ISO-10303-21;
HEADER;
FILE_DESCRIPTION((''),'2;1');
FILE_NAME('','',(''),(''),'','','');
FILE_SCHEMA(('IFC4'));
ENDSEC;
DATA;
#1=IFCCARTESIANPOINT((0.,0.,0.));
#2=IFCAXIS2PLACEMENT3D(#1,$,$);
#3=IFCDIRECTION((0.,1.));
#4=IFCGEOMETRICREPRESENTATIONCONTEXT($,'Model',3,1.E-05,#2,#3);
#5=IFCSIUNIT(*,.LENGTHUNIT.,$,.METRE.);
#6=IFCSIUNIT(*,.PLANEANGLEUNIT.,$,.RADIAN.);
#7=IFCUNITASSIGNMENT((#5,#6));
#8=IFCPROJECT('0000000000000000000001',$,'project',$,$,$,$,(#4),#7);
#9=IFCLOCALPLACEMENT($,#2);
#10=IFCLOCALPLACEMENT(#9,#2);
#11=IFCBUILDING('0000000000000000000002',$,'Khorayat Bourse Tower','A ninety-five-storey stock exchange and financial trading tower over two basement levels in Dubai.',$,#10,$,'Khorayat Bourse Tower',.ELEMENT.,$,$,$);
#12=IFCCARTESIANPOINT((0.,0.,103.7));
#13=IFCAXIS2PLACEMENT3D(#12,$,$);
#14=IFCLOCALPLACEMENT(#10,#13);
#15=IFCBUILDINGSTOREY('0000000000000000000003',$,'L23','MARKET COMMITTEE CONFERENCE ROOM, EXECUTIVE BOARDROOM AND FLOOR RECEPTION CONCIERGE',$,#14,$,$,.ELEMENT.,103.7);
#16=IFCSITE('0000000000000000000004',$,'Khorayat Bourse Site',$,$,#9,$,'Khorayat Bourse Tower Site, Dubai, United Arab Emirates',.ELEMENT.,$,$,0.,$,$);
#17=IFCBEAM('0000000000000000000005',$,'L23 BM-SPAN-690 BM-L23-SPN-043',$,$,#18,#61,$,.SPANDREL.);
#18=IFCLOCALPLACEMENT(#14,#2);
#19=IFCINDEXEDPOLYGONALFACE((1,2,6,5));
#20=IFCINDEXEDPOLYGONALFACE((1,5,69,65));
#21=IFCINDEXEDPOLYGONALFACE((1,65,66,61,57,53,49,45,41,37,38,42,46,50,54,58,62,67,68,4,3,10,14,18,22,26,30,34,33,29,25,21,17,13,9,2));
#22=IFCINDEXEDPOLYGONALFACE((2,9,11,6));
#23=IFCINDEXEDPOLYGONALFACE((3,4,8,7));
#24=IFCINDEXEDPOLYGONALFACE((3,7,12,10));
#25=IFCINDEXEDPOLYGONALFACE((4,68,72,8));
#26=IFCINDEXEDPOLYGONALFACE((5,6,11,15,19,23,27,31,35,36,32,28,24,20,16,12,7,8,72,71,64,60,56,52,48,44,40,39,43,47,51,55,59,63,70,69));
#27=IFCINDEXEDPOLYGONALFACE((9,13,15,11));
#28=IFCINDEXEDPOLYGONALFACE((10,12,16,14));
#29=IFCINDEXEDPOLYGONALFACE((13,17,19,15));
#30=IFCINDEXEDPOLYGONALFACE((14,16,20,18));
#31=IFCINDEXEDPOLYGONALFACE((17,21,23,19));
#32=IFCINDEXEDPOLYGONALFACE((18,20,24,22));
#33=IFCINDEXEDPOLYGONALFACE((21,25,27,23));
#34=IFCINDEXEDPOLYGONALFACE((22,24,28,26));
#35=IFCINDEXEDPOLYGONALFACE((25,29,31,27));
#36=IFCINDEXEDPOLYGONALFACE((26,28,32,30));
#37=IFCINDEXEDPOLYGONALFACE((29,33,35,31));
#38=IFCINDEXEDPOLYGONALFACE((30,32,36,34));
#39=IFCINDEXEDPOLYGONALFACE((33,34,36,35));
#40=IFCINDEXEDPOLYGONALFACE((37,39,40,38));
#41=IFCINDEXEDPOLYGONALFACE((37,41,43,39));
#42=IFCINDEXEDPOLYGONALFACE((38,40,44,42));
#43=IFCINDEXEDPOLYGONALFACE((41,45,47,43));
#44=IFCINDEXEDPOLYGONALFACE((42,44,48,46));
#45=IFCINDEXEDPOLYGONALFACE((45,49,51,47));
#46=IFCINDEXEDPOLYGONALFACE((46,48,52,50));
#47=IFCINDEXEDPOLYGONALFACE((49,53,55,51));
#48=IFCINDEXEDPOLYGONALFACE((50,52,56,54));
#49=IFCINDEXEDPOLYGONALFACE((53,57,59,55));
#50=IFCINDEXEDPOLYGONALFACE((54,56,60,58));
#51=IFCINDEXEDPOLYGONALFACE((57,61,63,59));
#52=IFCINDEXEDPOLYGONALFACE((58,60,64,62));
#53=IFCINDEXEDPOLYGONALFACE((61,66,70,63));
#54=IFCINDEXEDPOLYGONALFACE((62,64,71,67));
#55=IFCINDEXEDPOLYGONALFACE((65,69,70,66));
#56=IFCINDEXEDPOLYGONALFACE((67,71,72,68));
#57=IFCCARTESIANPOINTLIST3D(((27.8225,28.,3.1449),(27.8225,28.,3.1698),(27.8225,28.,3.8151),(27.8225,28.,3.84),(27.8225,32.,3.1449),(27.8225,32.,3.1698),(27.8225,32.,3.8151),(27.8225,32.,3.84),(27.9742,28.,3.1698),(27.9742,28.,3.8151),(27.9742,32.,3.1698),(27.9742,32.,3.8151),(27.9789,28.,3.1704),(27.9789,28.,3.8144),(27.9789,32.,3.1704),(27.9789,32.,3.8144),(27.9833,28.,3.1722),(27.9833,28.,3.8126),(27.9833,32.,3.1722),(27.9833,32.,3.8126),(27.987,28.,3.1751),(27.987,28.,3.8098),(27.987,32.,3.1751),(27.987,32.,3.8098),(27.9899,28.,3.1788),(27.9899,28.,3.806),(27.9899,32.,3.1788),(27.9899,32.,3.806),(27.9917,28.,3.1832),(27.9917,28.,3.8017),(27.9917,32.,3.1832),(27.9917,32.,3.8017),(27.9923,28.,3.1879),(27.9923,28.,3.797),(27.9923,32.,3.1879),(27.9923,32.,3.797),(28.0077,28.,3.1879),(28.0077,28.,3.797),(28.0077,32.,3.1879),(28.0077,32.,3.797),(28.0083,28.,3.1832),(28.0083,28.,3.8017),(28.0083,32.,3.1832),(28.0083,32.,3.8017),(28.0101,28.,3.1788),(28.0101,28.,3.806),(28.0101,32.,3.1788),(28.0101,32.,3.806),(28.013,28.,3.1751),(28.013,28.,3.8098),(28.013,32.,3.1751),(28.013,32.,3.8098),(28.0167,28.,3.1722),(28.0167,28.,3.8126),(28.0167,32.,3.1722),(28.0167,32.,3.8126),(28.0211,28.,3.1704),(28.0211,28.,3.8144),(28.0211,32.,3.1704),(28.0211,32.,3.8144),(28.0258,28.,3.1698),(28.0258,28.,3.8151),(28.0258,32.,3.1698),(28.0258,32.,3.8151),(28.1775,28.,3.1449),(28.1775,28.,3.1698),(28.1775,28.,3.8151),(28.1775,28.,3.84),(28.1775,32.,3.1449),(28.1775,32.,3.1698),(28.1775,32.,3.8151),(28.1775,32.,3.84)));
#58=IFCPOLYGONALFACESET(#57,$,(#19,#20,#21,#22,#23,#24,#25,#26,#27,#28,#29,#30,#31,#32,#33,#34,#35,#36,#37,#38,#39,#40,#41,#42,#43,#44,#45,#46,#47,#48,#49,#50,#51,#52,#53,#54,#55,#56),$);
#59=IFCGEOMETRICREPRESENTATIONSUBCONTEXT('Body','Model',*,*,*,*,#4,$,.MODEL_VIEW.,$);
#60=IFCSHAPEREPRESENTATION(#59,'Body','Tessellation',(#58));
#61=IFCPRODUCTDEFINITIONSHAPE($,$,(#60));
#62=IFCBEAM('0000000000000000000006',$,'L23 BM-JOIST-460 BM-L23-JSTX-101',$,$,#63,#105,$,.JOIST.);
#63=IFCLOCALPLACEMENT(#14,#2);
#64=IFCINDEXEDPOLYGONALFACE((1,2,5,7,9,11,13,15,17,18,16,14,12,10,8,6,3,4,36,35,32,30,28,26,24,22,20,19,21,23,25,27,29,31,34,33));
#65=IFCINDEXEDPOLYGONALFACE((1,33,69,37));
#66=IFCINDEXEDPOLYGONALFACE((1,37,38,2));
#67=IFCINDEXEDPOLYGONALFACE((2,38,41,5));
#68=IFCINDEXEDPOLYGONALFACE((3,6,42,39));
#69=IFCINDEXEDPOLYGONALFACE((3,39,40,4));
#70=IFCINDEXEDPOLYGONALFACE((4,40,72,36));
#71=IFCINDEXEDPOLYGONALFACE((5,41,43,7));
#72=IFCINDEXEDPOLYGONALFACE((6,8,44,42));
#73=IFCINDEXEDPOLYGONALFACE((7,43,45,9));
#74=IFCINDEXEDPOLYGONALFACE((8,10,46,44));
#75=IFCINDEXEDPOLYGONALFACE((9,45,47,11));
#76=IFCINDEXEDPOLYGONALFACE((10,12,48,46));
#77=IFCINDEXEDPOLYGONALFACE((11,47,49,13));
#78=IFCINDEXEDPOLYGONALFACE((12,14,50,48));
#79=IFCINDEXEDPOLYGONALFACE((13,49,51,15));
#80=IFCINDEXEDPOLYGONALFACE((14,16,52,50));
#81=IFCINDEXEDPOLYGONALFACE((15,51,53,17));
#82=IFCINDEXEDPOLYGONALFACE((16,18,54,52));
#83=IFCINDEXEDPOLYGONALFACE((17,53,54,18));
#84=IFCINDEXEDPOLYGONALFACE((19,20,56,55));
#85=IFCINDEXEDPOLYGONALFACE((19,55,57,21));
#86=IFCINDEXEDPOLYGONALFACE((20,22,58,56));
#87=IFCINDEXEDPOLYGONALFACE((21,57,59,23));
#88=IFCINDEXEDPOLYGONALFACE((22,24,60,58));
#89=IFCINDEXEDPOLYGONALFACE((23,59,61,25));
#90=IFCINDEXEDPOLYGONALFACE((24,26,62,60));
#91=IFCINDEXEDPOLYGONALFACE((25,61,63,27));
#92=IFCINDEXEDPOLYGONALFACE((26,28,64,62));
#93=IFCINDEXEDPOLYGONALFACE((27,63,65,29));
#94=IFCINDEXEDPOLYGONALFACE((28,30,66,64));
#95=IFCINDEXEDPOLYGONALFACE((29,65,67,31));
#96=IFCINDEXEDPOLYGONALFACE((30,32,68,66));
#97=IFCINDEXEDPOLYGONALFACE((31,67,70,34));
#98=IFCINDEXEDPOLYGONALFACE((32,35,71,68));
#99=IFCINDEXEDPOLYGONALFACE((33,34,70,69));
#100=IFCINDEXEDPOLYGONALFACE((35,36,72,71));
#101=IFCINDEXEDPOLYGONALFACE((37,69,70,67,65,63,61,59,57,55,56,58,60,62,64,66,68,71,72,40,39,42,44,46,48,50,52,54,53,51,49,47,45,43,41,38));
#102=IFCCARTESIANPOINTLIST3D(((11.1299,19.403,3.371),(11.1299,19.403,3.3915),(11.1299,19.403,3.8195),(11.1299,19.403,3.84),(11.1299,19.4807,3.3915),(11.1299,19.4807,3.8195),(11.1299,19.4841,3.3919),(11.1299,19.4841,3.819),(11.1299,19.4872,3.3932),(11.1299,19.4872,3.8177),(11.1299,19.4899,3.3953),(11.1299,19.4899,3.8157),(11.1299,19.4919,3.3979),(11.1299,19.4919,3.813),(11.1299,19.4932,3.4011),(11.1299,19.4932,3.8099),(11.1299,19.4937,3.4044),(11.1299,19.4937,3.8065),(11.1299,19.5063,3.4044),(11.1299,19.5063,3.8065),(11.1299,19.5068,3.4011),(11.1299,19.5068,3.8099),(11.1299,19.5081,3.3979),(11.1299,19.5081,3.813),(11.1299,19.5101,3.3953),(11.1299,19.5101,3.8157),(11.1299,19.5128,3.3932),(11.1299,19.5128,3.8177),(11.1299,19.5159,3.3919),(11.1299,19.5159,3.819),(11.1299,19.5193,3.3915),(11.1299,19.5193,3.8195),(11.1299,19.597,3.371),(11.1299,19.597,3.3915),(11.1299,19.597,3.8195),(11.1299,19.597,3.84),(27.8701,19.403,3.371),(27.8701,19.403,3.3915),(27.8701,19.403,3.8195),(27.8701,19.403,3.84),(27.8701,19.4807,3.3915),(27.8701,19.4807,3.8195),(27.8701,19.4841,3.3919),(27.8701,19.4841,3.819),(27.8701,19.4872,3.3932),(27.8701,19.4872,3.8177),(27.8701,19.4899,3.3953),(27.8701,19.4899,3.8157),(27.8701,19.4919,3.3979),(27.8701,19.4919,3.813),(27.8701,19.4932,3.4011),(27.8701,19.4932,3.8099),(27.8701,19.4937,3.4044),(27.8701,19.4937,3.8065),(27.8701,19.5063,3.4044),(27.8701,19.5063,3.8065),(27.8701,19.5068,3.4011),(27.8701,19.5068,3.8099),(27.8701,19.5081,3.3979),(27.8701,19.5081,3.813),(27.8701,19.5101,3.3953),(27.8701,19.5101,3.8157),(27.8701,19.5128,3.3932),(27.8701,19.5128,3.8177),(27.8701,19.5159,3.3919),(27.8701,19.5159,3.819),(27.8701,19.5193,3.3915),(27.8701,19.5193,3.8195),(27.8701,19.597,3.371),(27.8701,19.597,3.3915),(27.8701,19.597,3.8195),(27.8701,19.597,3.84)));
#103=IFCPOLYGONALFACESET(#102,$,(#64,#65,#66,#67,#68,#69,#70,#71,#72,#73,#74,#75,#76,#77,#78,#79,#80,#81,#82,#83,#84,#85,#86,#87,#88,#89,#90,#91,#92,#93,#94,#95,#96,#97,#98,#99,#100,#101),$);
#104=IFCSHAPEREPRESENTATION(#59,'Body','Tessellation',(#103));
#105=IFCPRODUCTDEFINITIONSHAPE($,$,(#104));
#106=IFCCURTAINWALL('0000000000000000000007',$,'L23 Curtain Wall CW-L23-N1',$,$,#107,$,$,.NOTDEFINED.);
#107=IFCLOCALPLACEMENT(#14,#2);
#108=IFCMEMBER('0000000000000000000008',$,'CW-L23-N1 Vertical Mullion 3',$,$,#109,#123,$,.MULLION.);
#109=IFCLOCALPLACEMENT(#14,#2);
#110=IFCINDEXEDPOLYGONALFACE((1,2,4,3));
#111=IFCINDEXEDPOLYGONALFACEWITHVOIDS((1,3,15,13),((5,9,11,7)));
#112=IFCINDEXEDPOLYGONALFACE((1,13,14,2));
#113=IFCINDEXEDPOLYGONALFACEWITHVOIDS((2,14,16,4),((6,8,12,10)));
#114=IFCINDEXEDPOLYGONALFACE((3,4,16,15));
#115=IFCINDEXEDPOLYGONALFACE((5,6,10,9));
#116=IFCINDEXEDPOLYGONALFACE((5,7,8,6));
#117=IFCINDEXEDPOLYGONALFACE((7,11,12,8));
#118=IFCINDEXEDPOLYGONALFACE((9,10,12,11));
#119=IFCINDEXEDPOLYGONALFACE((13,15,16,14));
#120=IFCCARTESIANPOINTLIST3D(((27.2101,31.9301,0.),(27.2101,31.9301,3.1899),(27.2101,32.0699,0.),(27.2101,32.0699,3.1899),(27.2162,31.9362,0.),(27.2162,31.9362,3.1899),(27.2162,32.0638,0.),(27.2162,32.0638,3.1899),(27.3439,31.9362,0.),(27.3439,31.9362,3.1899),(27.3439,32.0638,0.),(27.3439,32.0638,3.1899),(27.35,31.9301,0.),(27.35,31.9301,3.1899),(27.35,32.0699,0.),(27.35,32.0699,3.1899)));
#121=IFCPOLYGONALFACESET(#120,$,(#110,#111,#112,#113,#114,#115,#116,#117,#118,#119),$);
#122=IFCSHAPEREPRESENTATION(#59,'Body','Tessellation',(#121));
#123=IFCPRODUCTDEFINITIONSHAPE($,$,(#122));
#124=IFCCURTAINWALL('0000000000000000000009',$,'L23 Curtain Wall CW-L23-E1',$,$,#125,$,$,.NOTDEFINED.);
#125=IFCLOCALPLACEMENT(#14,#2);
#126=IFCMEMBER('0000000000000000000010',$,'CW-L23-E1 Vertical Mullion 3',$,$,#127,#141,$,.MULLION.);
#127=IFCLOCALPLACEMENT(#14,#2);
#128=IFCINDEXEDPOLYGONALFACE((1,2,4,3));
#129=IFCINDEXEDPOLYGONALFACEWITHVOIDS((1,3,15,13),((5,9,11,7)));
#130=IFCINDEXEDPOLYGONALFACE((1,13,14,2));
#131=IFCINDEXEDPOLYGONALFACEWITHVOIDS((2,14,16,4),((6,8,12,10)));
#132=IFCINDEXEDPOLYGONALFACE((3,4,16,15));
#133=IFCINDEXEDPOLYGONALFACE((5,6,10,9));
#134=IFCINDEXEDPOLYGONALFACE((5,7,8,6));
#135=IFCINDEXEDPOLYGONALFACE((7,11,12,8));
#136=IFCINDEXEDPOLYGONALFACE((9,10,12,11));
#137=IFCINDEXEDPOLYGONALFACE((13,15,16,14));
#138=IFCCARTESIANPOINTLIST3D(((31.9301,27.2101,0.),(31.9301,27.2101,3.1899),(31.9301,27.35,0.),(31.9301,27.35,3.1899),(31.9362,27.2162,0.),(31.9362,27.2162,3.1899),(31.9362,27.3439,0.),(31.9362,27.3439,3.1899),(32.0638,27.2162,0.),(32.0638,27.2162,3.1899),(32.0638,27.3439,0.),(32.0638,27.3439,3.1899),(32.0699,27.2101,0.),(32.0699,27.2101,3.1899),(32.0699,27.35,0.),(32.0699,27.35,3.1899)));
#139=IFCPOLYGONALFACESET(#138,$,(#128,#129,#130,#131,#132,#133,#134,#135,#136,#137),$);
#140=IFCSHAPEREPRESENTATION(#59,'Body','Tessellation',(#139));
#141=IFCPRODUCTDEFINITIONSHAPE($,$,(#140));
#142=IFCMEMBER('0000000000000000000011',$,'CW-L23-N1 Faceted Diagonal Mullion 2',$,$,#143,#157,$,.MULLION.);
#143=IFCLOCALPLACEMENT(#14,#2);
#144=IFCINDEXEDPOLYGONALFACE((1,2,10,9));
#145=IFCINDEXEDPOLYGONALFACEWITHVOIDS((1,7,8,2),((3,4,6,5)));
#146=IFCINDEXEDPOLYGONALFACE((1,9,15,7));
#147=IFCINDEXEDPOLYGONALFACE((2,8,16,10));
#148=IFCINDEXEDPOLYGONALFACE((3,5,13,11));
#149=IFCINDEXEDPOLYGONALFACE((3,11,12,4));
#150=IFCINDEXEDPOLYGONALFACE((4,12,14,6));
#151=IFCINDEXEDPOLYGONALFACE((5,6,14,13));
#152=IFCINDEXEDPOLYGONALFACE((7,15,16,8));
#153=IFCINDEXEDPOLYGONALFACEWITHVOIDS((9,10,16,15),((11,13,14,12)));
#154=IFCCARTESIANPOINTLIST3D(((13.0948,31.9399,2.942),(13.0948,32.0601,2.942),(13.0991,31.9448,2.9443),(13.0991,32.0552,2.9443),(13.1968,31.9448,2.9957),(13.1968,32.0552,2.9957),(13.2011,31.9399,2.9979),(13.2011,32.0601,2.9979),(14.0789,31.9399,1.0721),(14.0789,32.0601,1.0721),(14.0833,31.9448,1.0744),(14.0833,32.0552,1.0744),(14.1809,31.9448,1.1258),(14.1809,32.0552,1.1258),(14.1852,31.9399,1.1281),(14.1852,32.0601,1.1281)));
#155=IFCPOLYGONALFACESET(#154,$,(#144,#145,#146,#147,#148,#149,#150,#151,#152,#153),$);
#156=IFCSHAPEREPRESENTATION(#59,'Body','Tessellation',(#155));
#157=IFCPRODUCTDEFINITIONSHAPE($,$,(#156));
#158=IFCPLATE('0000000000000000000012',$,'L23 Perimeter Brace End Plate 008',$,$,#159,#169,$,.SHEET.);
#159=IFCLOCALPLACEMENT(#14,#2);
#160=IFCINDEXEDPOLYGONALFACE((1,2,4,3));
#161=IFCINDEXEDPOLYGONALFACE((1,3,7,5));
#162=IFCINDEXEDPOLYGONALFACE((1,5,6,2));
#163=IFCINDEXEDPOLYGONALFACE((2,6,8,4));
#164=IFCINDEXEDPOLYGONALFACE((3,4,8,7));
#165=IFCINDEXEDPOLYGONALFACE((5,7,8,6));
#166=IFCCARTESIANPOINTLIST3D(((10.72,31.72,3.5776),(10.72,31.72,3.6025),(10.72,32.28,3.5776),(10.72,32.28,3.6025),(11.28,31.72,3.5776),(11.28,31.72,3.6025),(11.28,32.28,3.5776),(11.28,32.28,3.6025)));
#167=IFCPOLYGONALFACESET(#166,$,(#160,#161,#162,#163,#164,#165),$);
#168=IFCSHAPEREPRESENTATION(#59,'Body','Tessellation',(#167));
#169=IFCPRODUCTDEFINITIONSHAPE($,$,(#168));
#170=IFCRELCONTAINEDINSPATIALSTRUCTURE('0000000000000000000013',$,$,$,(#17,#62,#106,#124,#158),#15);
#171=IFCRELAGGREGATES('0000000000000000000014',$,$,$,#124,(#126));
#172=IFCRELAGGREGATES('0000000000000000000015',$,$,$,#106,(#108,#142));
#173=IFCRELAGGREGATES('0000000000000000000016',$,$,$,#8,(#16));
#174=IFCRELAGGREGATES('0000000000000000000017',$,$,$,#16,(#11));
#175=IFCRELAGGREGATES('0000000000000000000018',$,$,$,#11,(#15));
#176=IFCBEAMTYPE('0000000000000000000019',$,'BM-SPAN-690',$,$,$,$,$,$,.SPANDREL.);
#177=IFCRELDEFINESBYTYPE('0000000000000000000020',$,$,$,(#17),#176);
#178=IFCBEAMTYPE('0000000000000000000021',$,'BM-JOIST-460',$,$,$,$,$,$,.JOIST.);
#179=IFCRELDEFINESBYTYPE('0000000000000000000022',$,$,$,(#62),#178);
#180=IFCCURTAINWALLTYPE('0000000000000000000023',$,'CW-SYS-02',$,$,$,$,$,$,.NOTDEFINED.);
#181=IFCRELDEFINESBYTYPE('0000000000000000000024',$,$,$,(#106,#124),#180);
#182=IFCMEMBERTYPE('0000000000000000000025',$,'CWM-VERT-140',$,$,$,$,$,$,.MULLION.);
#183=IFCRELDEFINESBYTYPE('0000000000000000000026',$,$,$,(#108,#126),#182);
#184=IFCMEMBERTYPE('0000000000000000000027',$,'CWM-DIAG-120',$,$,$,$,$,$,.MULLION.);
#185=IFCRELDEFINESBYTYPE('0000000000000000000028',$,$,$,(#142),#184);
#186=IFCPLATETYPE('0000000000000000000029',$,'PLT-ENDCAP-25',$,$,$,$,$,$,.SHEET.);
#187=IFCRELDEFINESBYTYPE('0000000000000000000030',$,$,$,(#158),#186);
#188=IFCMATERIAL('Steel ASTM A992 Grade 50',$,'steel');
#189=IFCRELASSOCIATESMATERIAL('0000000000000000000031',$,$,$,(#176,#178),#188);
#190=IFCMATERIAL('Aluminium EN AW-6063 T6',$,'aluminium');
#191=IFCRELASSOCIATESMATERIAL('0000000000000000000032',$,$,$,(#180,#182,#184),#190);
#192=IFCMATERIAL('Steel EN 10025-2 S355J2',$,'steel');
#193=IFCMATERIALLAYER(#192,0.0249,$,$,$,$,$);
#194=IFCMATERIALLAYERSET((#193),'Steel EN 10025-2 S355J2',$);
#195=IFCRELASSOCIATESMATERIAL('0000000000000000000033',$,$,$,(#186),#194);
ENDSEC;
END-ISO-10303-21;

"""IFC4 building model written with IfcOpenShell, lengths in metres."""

from ifc_helpers import new_model, si_unit, direction, frame, origin, origin_2d, place, context, subcontext, project, spatial, rectangle, hollow_rectangle, i_section, extrude, source, transform, mapped, material, layer, layer_set, material_profile, profile_set, type_object, element, aggregate, save


model = new_model("IFC4")

# Units and contexts
model_context = context("Model", 3, precision=1e-05, world=origin(), true_north=direction((0.0, 1.0)))
body_context = subcontext(model_context, "Body", "Model", "MODEL_VIEW")
ifc_project = project(units=[si_unit("LENGTHUNIT", "METRE"), si_unit("PLANEANGLEUNIT", "RADIAN")], contexts=[model_context])

# Site, building, storey
site_placement = place(None, origin())
site = spatial("IfcSite", under=ifc_project, at=site_placement, Name="Khorayat Bourse Site", LongName="Khorayat Bourse Tower Site, Dubai, United Arab Emirates", CompositionType="ELEMENT", RefElevation=0.0)
building_placement = place(site_placement, origin())
building = spatial("IfcBuilding", under=site, at=building_placement, Name="Khorayat Bourse Tower", Description="A ninety-five-storey stock exchange and financial trading tower over two basement levels in Dubai.", LongName="Khorayat Bourse Tower", CompositionType="ELEMENT")
storey_placement = place(building_placement, frame((0.0, 0.0, 103.7)))
storey = spatial("IfcBuildingStorey", under=building, at=storey_placement, Name="L23", Description="MARKET COMMITTEE CONFERENCE ROOM, EXECUTIVE BOARDROOM AND FLOOR RECEPTION CONCIERGE", CompositionType="ELEMENT", Elevation=103.7)

# Beams
ifc_material_1 = material(Name="Steel ASTM A992 Grade 50", Category="steel")
ifc_material_profile_1 = material_profile(ifc_material_1, i_section(OverallWidth=0.355, OverallDepth=0.6951, WebThickness=0.0154, FlangeThickness=0.0249, FilletRadius=0.0181, at=origin_2d()), Name="W690X217")
ifc_profile_set_1 = profile_set([ifc_material_profile_1], Name="Steel ASTM A992 Grade 50")
beam_type_1 = type_object("IfcBeamType", Name="BM-SPAN-690", PredefinedType="SPANDREL", material=ifc_profile_set_1)
shared_shape_1 = source(origin(), body_context, "Body", "SweptSolid", [
    extrude(i_section(OverallWidth=0.355, OverallDepth=0.6951, WebThickness=0.0154, FlangeThickness=0.0249, FilletRadius=0.0181, at=origin_2d()), origin(), (0.0, 0.0, 1.0), 4.0),
])
for number, where, z_axis, x_axis, name in (
    (1, (28.0, 28.0, 3.4924), (0.0, 1.0, 0.0), (-1.0, 0.0, 0.0), "L23 BM-SPAN-690 BM-L23-SPN-043"),
):
    element("IfcBeam", number, at=place(storey_placement, frame(where, z_axis=z_axis, x_axis=x_axis)), inside=storey, type_object=beam_type_1, Name=name, PredefinedType="SPANDREL", context=body_context, shape_type="MappedRepresentation", body=[
        mapped(shared_shape_1, transform((0.0, 0.0, 0.0), scale=1.0)),
    ])
ifc_material_profile_2 = material_profile(ifc_material_1, i_section(OverallWidth=0.1941, OverallDepth=0.469, WebThickness=0.0127, FlangeThickness=0.0205, FilletRadius=0.0129, at=origin_2d()), Name="W460X106")
ifc_profile_set_2 = profile_set([ifc_material_profile_2], Name="Steel ASTM A992 Grade 50")
beam_type_2 = type_object("IfcBeamType", Name="BM-JOIST-460", PredefinedType="JOIST", material=ifc_profile_set_2)
shared_shape_2 = source(origin(), body_context, "Body", "SweptSolid", [
    extrude(i_section(OverallWidth=0.1941, OverallDepth=0.469, WebThickness=0.0127, FlangeThickness=0.0205, FilletRadius=0.0129, at=origin_2d()), origin(), (0.0, 0.0, 1.0), 16.7402),
])
beam_1_placement = place(storey_placement, frame((11.1299, 19.5, 3.6055), z_axis=(1.0, 0.0, 0.0), x_axis=(0.0, 1.0, 0.0)))
element("IfcBeam", 2, at=beam_1_placement, inside=storey, type_object=beam_type_2, Name="L23 BM-JOIST-460 BM-L23-JSTX-101", PredefinedType="JOIST", context=body_context, shape_type="MappedRepresentation", body=[
    mapped(shared_shape_2, transform((0.0, 0.0, 0.0), scale=1.0)),
])

# Curtain walls, members
ifc_material_2 = material(Name="Aluminium EN AW-6063 T6", Category="aluminium")
curtain_wall_type = type_object("IfcCurtainWallType", Name="CW-SYS-02", PredefinedType="NOTDEFINED", material=ifc_material_2)
curtain_wall_1_placement = place(storey_placement, origin())
curtain_wall_1 = element("IfcCurtainWall", 3, at=curtain_wall_1_placement, inside=storey, type_object=curtain_wall_type, Name="L23 Curtain Wall CW-L23-N1", PredefinedType="NOTDEFINED")
ifc_material_profile_3 = material_profile(ifc_material_2, hollow_rectangle(XDim=0.1399, YDim=0.1399, WallThickness=0.0061, at=origin_2d()), Name="ALU 140x140x6")
ifc_profile_set_3 = profile_set([ifc_material_profile_3], Name="Aluminium EN AW-6063 T6")
member_type_1 = type_object("IfcMemberType", Name="CWM-VERT-140", PredefinedType="MULLION", material=ifc_profile_set_3)
shared_shape_3 = source(origin(), body_context, "Body", "SweptSolid", [
    extrude(hollow_rectangle(XDim=0.1399, YDim=0.1399, WallThickness=0.0061, at=origin_2d()), origin(), (0.0, 0.0, 1.0), 3.1899),
])
member_1_placement = place(storey_placement, frame((27.28, 32.0, 0.0), z_axis=(0.0, 0.0, 1.0), x_axis=(0.0, 1.0, 0.0)))
member_1 = element("IfcMember", 4, at=member_1_placement, type_object=member_type_1, Name="CW-L23-N1 Vertical Mullion 3", PredefinedType="MULLION", context=body_context, shape_type="MappedRepresentation", body=[
    mapped(shared_shape_3, transform((0.0, 0.0, 0.0), scale=1.0)),
])
curtain_wall_2_placement = place(storey_placement, origin())
curtain_wall_2 = element("IfcCurtainWall", 5, at=curtain_wall_2_placement, inside=storey, type_object=curtain_wall_type, Name="L23 Curtain Wall CW-L23-E1", PredefinedType="NOTDEFINED")
member_2_placement = place(storey_placement, frame((32.0, 27.28, 0.0), z_axis=(0.0, 0.0, 1.0), x_axis=(-1.0, 0.0, 0.0)))
member_2 = element("IfcMember", 6, at=member_2_placement, type_object=member_type_1, Name="CW-L23-E1 Vertical Mullion 3", PredefinedType="MULLION", context=body_context, shape_type="MappedRepresentation", body=[
    mapped(shared_shape_3, transform((0.0, 0.0, 0.0), scale=1.0)),
])
aggregate(curtain_wall_2, [member_2])

# Member
ifc_material_profile_4 = material_profile(ifc_material_2, hollow_rectangle(XDim=0.1201, YDim=0.1201, WallThickness=0.0049, at=origin_2d()), Name="ALU 120x120x5")
ifc_profile_set_4 = profile_set([ifc_material_profile_4], Name="Aluminium EN AW-6063 T6")
member_type_2 = type_object("IfcMemberType", Name="CWM-DIAG-120", PredefinedType="MULLION", material=ifc_profile_set_4)
shared_shape_4 = source(origin(), body_context, "Body", "SweptSolid", [
    extrude(hollow_rectangle(XDim=0.1201, YDim=0.1201, WallThickness=0.0049, at=origin_2d()), origin(), (0.0, 0.0, 1.0), 2.113),
])
member_3_placement = place(storey_placement, frame((14.1321, 32.0, 1.1001), z_axis=(-0.465742, 0.0, 0.884921), x_axis=(0.0, -1.0, 0.0)))
member_3 = element("IfcMember", 7, at=member_3_placement, type_object=member_type_2, Name="CW-L23-N1 Faceted Diagonal Mullion 2", PredefinedType="MULLION", context=body_context, shape_type="MappedRepresentation", body=[
    mapped(shared_shape_4, transform((0.0, 0.0, 0.0), scale=1.0)),
])

# Plate
ifc_material_3 = material(Name="Steel EN 10025-2 S355J2", Category="steel")
ifc_layer_1 = layer(ifc_material_3, 0.0249)
ifc_layer_set_1 = layer_set([ifc_layer_1], Name="Steel EN 10025-2 S355J2")
plate_type_1 = type_object("IfcPlateType", Name="PLT-ENDCAP-25", PredefinedType="SHEET", material=ifc_layer_set_1)
shared_shape_5 = source(origin(), body_context, "Body", "SweptSolid", [
    extrude(rectangle(XDim=0.5601, YDim=0.5601, at=origin_2d()), origin(), (0.0, 0.0, 1.0), 0.0249),
])
plate_1_placement = place(storey_placement, frame((11.0, 32.0, 3.5776), z_axis=(0.0, 0.0, 1.0), x_axis=(1.0, 0.0, 0.0)))
element("IfcPlate", 8, at=plate_1_placement, inside=storey, type_object=plate_type_1, Name="L23 Perimeter Brace End Plate 008", PredefinedType="SHEET", context=body_context, shape_type="MappedRepresentation", body=[
    mapped(shared_shape_5, transform((0.0, 0.0, 0.0), scale=1.0)),
])
aggregate(curtain_wall_1, [member_1, member_3])

save(model, "model.ifc")
